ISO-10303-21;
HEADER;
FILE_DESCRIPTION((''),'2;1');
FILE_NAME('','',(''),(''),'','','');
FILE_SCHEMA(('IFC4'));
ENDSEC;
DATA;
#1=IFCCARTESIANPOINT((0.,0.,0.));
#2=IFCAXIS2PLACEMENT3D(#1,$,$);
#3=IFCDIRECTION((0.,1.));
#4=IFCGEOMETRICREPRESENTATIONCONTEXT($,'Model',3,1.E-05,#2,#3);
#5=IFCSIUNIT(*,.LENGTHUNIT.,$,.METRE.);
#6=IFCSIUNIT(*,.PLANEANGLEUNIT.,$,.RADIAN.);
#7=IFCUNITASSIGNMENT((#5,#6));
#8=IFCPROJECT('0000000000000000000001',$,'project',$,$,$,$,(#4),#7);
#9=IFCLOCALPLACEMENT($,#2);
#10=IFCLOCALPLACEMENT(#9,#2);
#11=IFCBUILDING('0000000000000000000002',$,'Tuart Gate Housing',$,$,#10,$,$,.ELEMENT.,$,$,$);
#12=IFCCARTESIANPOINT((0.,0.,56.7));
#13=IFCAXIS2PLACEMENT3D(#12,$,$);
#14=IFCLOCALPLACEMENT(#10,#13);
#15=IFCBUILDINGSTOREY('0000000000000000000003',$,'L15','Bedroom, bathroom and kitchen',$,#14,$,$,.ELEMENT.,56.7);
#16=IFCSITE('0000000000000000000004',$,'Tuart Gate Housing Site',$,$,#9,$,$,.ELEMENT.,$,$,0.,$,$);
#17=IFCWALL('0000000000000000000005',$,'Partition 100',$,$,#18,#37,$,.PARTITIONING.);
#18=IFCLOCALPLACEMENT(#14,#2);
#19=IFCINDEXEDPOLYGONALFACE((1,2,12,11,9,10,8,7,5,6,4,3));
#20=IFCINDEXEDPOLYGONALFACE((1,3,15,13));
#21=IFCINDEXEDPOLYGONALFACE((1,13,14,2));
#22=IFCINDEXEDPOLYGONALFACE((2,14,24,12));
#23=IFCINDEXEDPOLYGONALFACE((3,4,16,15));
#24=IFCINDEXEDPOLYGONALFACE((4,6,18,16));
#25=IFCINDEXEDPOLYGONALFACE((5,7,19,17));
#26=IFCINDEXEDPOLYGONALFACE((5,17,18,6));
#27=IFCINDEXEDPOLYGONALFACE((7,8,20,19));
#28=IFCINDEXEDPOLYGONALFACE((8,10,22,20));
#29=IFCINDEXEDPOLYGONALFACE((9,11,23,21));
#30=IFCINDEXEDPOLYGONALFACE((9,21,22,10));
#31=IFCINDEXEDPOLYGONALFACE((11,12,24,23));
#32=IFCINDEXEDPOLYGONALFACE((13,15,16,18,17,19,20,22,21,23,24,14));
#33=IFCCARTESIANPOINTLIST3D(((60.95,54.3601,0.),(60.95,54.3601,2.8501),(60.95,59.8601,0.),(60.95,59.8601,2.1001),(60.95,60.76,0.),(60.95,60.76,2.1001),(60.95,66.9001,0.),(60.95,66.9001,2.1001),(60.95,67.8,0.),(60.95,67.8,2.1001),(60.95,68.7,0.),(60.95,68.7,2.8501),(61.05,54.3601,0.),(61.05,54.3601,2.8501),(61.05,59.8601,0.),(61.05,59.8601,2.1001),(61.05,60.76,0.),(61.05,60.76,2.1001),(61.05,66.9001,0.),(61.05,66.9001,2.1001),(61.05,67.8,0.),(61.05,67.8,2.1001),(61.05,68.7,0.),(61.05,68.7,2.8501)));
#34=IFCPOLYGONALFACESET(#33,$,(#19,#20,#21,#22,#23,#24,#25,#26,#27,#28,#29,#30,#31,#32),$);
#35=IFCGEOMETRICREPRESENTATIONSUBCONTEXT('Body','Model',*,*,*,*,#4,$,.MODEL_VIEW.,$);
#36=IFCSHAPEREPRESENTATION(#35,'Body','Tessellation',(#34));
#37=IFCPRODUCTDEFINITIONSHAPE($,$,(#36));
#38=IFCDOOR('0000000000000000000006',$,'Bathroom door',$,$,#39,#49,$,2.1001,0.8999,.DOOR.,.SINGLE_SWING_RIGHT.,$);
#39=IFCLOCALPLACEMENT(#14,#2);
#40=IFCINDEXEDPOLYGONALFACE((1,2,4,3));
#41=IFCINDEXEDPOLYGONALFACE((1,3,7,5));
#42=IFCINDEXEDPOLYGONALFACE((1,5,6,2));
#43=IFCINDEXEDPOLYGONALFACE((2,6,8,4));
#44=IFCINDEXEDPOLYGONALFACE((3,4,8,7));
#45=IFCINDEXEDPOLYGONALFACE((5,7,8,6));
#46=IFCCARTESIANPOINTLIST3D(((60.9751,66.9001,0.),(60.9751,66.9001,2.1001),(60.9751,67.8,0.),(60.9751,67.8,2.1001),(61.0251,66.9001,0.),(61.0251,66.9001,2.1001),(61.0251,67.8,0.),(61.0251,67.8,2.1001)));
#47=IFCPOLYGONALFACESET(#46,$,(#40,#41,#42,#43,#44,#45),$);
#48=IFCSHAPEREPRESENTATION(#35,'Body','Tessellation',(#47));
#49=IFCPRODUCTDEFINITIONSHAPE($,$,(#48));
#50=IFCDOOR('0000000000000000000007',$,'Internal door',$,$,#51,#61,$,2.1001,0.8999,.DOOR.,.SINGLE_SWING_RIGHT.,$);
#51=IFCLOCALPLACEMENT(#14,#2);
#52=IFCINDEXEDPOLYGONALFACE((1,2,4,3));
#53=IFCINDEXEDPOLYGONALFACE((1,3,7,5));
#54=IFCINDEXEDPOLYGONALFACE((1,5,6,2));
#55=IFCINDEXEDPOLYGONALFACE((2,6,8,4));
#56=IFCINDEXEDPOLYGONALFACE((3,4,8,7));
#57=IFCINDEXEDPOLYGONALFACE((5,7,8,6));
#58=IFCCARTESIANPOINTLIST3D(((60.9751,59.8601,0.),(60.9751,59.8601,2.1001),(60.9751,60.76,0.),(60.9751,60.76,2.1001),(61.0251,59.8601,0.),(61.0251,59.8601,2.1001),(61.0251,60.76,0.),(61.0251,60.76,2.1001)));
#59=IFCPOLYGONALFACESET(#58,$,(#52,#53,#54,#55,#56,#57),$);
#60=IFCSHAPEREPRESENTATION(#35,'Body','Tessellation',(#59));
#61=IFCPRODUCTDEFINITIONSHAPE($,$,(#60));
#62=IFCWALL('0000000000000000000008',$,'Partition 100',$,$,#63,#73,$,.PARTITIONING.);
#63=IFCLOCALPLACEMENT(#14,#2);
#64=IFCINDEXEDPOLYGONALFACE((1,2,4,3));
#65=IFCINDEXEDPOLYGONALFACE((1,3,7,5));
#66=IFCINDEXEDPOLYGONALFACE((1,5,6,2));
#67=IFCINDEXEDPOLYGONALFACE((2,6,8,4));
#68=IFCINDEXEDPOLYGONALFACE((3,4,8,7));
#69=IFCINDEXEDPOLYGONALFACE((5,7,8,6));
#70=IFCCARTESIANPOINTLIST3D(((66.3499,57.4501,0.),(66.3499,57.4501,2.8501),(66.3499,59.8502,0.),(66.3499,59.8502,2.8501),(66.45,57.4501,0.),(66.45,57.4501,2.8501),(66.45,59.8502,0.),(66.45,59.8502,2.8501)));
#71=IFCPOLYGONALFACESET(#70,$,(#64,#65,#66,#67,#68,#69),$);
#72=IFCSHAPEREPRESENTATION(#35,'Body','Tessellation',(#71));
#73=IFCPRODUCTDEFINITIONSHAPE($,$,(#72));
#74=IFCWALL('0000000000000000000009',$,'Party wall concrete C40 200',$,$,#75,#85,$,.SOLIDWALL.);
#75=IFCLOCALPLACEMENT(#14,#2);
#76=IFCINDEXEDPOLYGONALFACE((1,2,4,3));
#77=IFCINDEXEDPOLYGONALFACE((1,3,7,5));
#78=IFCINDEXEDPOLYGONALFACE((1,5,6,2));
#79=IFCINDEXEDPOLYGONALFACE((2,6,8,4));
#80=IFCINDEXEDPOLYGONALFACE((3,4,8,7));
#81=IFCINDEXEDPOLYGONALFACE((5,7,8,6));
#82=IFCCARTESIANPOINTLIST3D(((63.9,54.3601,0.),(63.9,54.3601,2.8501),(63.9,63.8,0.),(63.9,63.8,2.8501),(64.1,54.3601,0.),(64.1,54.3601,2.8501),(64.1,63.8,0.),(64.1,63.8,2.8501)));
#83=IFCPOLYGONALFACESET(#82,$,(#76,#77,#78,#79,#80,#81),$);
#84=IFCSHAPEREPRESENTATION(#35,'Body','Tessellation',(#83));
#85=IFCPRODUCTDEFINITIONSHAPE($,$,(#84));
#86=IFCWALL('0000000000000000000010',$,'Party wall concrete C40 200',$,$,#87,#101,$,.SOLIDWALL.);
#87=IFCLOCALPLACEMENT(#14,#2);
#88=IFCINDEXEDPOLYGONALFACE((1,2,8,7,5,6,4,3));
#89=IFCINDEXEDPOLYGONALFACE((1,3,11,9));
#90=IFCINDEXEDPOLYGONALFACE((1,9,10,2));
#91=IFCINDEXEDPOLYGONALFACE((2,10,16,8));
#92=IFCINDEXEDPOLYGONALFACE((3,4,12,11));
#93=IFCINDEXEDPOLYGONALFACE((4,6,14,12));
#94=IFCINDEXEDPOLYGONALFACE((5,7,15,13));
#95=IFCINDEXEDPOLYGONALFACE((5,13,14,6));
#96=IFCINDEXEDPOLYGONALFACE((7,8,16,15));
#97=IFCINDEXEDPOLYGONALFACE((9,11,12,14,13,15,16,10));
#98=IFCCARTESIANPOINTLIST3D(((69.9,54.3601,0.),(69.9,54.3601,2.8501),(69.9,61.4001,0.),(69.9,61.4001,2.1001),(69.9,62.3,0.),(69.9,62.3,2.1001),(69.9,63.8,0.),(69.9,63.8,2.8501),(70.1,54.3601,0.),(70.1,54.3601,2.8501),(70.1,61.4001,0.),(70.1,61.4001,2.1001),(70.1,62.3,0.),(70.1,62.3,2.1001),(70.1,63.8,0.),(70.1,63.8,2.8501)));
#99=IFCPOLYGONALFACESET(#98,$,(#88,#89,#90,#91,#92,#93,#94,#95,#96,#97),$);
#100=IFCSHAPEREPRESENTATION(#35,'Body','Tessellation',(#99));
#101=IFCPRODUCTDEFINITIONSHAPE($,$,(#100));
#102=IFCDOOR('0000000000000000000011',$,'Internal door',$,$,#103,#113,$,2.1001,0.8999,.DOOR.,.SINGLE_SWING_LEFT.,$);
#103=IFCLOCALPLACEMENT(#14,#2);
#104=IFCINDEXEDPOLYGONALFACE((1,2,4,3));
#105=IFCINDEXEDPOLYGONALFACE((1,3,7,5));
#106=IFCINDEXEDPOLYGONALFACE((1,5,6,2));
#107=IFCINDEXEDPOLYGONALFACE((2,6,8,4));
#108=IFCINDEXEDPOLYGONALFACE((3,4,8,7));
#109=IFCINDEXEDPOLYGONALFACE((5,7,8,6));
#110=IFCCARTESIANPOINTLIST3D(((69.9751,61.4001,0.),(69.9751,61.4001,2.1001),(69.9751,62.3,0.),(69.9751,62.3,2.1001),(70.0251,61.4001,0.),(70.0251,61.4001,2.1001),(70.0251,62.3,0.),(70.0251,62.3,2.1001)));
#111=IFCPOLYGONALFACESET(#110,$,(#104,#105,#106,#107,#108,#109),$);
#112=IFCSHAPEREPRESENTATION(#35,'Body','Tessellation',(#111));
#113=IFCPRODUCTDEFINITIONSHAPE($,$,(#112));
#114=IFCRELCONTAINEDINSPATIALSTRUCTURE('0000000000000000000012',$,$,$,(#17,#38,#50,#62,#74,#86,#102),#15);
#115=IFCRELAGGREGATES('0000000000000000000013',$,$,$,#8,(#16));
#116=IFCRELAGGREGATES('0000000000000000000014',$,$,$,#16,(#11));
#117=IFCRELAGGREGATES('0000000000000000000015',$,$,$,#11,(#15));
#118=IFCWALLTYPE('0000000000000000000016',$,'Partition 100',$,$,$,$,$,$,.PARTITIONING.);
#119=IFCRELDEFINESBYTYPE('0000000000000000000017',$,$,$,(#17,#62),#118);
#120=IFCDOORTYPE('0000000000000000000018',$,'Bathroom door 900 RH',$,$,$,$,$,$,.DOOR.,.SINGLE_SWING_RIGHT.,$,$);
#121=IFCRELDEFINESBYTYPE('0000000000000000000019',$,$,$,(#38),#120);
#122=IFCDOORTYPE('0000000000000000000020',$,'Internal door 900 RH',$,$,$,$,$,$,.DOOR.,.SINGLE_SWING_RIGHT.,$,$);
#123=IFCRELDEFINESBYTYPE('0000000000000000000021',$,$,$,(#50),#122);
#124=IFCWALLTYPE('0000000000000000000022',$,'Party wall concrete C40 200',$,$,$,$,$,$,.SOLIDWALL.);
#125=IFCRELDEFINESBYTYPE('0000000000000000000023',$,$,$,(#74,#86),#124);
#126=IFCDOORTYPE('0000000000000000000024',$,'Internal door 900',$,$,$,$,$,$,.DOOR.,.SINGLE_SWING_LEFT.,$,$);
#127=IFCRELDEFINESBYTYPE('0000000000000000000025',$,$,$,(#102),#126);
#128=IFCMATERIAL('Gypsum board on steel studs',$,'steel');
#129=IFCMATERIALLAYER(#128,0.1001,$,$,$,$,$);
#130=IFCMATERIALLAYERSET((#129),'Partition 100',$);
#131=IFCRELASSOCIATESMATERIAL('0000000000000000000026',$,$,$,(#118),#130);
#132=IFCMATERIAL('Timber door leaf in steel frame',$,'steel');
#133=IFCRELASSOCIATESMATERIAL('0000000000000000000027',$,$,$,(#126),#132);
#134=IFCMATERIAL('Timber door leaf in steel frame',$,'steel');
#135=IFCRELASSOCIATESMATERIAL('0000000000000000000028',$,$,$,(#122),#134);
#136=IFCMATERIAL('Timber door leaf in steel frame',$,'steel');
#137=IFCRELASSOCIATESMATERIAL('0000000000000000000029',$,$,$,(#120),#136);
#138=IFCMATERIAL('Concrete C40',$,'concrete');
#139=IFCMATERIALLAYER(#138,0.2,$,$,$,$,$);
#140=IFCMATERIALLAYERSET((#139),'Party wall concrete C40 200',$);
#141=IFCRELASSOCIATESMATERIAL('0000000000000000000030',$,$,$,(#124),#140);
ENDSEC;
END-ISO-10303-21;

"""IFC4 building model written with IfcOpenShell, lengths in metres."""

from ifc_helpers import new_model, si_unit, direction, frame, frame_2d, origin, place, context, subcontext, project, spatial, rectangle, extrude, material, layer, layer_set, type_object, element, fill, save


model = new_model("IFC4")

# Units and contexts
model_context = context("Model", 3, precision=1e-05, world=origin(), true_north=direction((0.0, 1.0)))
body_context = subcontext(model_context, "Body", "Model", "MODEL_VIEW")
ifc_project = project(units=[si_unit("LENGTHUNIT", "METRE"), si_unit("PLANEANGLEUNIT", "RADIAN")], contexts=[model_context])

# Site, building, storey
site_placement = place(None, origin())
site = spatial("IfcSite", under=ifc_project, at=site_placement, Name="Tuart Gate Housing Site", CompositionType="ELEMENT", RefElevation=0.0)
building_placement = place(site_placement, origin())
building = spatial("IfcBuilding", under=site, at=building_placement, Name="Tuart Gate Housing", CompositionType="ELEMENT")
storey_placement = place(building_placement, frame((0.0, 0.0, 56.7)))
storey = spatial("IfcBuildingStorey", under=building, at=storey_placement, Name="L15", Description="Bedroom, bathroom and kitchen", CompositionType="ELEMENT", Elevation=56.7)

# Shared definitions
ifc_material_1 = material(Name="Gypsum board on steel studs", Category="steel")
ifc_layer_1 = layer(ifc_material_1, 0.1001)
ifc_layer_set_1 = layer_set([ifc_layer_1], Name="Partition 100")
wall_type_1 = type_object("IfcWallType", Name="Partition 100", PredefinedType="PARTITIONING", material=ifc_layer_set_1)

# Shared definitions
ifc_material_2 = material(Name="Timber door leaf in steel frame", Category="steel")
door_type_1 = type_object("IfcDoorType", Name="Internal door 900", OperationType="SINGLE_SWING_LEFT", PredefinedType="DOOR", material=ifc_material_2)

# Shared definitions
ifc_material_3 = material(Name="Timber door leaf in steel frame", Category="steel")
door_type_2 = type_object("IfcDoorType", Name="Internal door 900 RH", OperationType="SINGLE_SWING_RIGHT", PredefinedType="DOOR", material=ifc_material_3)

# Wall, openings, doors
wall_1_placement = place(storey_placement, frame((61.0, 54.3601, 0.0), z_axis=(0.0, 0.0, 1.0), x_axis=(0.0, 1.0, 0.0)))
wall_1 = element("IfcWall", 1, at=wall_1_placement, inside=storey, type_object=wall_type_1, Name="Partition 100", PredefinedType="PARTITIONING", context=body_context, shape_type="SweptSolid", body=[
    extrude(rectangle(XDim=14.3398, YDim=0.1001, at=frame_2d((7.1699, 0.0))), origin(), (0.0, 0.0, 1.0), 2.8501),
])
opening_1_placement = place(wall_1_placement, frame((5.5, 0.0, 0.0)))
opening_1 = element("IfcOpeningElement", 2, at=opening_1_placement, cuts=wall_1, PredefinedType="OPENING", context=body_context, shape_type="SweptSolid", body=[
    extrude(rectangle(XDim=0.8999, YDim=2.1001, at=frame_2d((0.45, 1.05))), frame((0.0, 0.0601, 0.0), z_axis=(0.0, -1.0, 0.0), x_axis=(1.0, 0.0, 0.0)), (0.0, 0.0, 1.0), 0.1201),
])
opening_2_placement = place(wall_1_placement, frame((12.54, 0.0, 0.0)))
opening_2 = element("IfcOpeningElement", 3, at=opening_2_placement, cuts=wall_1, PredefinedType="OPENING", context=body_context, shape_type="SweptSolid", body=[
    extrude(rectangle(XDim=0.8999, YDim=2.1001, at=frame_2d((0.45, 1.05))), frame((0.0, 0.0601, 0.0), z_axis=(0.0, -1.0, 0.0), x_axis=(1.0, 0.0, 0.0)), (0.0, 0.0, 1.0), 0.1201),
])
ifc_material_4 = material(Name="Timber door leaf in steel frame", Category="steel")
door_type_3 = type_object("IfcDoorType", Name="Bathroom door 900 RH", OperationType="SINGLE_SWING_RIGHT", PredefinedType="DOOR", material=ifc_material_4)
door_1_placement = place(opening_2_placement, origin())
door_1 = element("IfcDoor", 4, at=door_1_placement, inside=storey, type_object=door_type_3, Name="Bathroom door", OperationType="SINGLE_SWING_RIGHT", OverallHeight=2.1001, OverallWidth=0.8999, PredefinedType="DOOR", context=body_context, shape_type="SweptSolid", body=[
    extrude(rectangle(XDim=0.8999, YDim=2.1001, at=frame_2d((0.45, 1.05))), frame((0.0, 0.0249, 0.0), z_axis=(0.0, -1.0, 0.0), x_axis=(1.0, 0.0, 0.0)), (0.0, 0.0, 1.0), 0.05),
])
fill(opening_2, door_1)
door_2_placement = place(opening_1_placement, origin())
door_2 = element("IfcDoor", 5, at=door_2_placement, inside=storey, type_object=door_type_2, Name="Internal door", OperationType="SINGLE_SWING_RIGHT", OverallHeight=2.1001, OverallWidth=0.8999, PredefinedType="DOOR", context=body_context, shape_type="SweptSolid", body=[
    extrude(rectangle(XDim=0.8999, YDim=2.1001, at=frame_2d((0.45, 1.05))), frame((0.0, 0.0249, 0.0), z_axis=(0.0, -1.0, 0.0), x_axis=(1.0, 0.0, 0.0)), (0.0, 0.0, 1.0), 0.05),
])
fill(opening_1, door_2)

# Walls
wall_2_placement = place(storey_placement, frame((66.3999, 57.45, 0.0), z_axis=(0.0, 0.0, 1.0), x_axis=(0.0, 1.0, 0.0)))
element("IfcWall", 6, at=wall_2_placement, inside=storey, type_object=wall_type_1, Name="Partition 100", PredefinedType="PARTITIONING", context=body_context, shape_type="SweptSolid", body=[
    extrude(rectangle(XDim=2.4001, YDim=0.1001, at=frame_2d((1.2002, 0.0))), origin(), (0.0, 0.0, 1.0), 2.8501),
])
ifc_material_5 = material(Name="Concrete C40", Category="concrete")
ifc_layer_2 = layer(ifc_material_5, 0.2)
ifc_layer_set_2 = layer_set([ifc_layer_2], Name="Party wall concrete C40 200")
wall_type_2 = type_object("IfcWallType", Name="Party wall concrete C40 200", PredefinedType="SOLIDWALL", material=ifc_layer_set_2)
wall_3_placement = place(storey_placement, frame((64.0, 54.3601, 0.0), z_axis=(0.0, 0.0, 1.0), x_axis=(0.0, 1.0, 0.0)))
element("IfcWall", 7, at=wall_3_placement, inside=storey, type_object=wall_type_2, Name="Party wall concrete C40 200", PredefinedType="SOLIDWALL", context=body_context, shape_type="SweptSolid", body=[
    extrude(rectangle(XDim=9.4399, YDim=0.2, at=frame_2d((4.72, 0.0))), origin(), (0.0, 0.0, 1.0), 2.8501),
])

# Wall, opening, door
wall_4_placement = place(storey_placement, frame((70.0, 54.3601, 0.0), z_axis=(0.0, 0.0, 1.0), x_axis=(0.0, 1.0, 0.0)))
wall_4 = element("IfcWall", 8, at=wall_4_placement, inside=storey, type_object=wall_type_2, Name="Party wall concrete C40 200", PredefinedType="SOLIDWALL", context=body_context, shape_type="SweptSolid", body=[
    extrude(rectangle(XDim=9.4399, YDim=0.2, at=frame_2d((4.72, 0.0))), origin(), (0.0, 0.0, 1.0), 2.8501),
])
opening_3_placement = place(wall_4_placement, frame((7.04, 0.0, 0.0)))
opening_3 = element("IfcOpeningElement", 9, at=opening_3_placement, cuts=wall_4, PredefinedType="OPENING", context=body_context, shape_type="SweptSolid", body=[
    extrude(rectangle(XDim=0.8999, YDim=2.1001, at=frame_2d((0.45, 1.05))), frame((0.0, 0.1099, 0.0), z_axis=(0.0, -1.0, 0.0), x_axis=(1.0, 0.0, 0.0)), (0.0, 0.0, 1.0), 0.22),
])
door_3_placement = place(opening_3_placement, origin())
door_3 = element("IfcDoor", 10, at=door_3_placement, inside=storey, type_object=door_type_1, Name="Internal door", OperationType="SINGLE_SWING_LEFT", OverallHeight=2.1001, OverallWidth=0.8999, PredefinedType="DOOR", context=body_context, shape_type="SweptSolid", body=[
    extrude(rectangle(XDim=0.8999, YDim=2.1001, at=frame_2d((0.45, 1.05))), frame((0.0, 0.0249, 0.0), z_axis=(0.0, -1.0, 0.0), x_axis=(1.0, 0.0, 0.0)), (0.0, 0.0, 1.0), 0.05),
])
fill(opening_3, door_3)

save(model, "model.ifc")
